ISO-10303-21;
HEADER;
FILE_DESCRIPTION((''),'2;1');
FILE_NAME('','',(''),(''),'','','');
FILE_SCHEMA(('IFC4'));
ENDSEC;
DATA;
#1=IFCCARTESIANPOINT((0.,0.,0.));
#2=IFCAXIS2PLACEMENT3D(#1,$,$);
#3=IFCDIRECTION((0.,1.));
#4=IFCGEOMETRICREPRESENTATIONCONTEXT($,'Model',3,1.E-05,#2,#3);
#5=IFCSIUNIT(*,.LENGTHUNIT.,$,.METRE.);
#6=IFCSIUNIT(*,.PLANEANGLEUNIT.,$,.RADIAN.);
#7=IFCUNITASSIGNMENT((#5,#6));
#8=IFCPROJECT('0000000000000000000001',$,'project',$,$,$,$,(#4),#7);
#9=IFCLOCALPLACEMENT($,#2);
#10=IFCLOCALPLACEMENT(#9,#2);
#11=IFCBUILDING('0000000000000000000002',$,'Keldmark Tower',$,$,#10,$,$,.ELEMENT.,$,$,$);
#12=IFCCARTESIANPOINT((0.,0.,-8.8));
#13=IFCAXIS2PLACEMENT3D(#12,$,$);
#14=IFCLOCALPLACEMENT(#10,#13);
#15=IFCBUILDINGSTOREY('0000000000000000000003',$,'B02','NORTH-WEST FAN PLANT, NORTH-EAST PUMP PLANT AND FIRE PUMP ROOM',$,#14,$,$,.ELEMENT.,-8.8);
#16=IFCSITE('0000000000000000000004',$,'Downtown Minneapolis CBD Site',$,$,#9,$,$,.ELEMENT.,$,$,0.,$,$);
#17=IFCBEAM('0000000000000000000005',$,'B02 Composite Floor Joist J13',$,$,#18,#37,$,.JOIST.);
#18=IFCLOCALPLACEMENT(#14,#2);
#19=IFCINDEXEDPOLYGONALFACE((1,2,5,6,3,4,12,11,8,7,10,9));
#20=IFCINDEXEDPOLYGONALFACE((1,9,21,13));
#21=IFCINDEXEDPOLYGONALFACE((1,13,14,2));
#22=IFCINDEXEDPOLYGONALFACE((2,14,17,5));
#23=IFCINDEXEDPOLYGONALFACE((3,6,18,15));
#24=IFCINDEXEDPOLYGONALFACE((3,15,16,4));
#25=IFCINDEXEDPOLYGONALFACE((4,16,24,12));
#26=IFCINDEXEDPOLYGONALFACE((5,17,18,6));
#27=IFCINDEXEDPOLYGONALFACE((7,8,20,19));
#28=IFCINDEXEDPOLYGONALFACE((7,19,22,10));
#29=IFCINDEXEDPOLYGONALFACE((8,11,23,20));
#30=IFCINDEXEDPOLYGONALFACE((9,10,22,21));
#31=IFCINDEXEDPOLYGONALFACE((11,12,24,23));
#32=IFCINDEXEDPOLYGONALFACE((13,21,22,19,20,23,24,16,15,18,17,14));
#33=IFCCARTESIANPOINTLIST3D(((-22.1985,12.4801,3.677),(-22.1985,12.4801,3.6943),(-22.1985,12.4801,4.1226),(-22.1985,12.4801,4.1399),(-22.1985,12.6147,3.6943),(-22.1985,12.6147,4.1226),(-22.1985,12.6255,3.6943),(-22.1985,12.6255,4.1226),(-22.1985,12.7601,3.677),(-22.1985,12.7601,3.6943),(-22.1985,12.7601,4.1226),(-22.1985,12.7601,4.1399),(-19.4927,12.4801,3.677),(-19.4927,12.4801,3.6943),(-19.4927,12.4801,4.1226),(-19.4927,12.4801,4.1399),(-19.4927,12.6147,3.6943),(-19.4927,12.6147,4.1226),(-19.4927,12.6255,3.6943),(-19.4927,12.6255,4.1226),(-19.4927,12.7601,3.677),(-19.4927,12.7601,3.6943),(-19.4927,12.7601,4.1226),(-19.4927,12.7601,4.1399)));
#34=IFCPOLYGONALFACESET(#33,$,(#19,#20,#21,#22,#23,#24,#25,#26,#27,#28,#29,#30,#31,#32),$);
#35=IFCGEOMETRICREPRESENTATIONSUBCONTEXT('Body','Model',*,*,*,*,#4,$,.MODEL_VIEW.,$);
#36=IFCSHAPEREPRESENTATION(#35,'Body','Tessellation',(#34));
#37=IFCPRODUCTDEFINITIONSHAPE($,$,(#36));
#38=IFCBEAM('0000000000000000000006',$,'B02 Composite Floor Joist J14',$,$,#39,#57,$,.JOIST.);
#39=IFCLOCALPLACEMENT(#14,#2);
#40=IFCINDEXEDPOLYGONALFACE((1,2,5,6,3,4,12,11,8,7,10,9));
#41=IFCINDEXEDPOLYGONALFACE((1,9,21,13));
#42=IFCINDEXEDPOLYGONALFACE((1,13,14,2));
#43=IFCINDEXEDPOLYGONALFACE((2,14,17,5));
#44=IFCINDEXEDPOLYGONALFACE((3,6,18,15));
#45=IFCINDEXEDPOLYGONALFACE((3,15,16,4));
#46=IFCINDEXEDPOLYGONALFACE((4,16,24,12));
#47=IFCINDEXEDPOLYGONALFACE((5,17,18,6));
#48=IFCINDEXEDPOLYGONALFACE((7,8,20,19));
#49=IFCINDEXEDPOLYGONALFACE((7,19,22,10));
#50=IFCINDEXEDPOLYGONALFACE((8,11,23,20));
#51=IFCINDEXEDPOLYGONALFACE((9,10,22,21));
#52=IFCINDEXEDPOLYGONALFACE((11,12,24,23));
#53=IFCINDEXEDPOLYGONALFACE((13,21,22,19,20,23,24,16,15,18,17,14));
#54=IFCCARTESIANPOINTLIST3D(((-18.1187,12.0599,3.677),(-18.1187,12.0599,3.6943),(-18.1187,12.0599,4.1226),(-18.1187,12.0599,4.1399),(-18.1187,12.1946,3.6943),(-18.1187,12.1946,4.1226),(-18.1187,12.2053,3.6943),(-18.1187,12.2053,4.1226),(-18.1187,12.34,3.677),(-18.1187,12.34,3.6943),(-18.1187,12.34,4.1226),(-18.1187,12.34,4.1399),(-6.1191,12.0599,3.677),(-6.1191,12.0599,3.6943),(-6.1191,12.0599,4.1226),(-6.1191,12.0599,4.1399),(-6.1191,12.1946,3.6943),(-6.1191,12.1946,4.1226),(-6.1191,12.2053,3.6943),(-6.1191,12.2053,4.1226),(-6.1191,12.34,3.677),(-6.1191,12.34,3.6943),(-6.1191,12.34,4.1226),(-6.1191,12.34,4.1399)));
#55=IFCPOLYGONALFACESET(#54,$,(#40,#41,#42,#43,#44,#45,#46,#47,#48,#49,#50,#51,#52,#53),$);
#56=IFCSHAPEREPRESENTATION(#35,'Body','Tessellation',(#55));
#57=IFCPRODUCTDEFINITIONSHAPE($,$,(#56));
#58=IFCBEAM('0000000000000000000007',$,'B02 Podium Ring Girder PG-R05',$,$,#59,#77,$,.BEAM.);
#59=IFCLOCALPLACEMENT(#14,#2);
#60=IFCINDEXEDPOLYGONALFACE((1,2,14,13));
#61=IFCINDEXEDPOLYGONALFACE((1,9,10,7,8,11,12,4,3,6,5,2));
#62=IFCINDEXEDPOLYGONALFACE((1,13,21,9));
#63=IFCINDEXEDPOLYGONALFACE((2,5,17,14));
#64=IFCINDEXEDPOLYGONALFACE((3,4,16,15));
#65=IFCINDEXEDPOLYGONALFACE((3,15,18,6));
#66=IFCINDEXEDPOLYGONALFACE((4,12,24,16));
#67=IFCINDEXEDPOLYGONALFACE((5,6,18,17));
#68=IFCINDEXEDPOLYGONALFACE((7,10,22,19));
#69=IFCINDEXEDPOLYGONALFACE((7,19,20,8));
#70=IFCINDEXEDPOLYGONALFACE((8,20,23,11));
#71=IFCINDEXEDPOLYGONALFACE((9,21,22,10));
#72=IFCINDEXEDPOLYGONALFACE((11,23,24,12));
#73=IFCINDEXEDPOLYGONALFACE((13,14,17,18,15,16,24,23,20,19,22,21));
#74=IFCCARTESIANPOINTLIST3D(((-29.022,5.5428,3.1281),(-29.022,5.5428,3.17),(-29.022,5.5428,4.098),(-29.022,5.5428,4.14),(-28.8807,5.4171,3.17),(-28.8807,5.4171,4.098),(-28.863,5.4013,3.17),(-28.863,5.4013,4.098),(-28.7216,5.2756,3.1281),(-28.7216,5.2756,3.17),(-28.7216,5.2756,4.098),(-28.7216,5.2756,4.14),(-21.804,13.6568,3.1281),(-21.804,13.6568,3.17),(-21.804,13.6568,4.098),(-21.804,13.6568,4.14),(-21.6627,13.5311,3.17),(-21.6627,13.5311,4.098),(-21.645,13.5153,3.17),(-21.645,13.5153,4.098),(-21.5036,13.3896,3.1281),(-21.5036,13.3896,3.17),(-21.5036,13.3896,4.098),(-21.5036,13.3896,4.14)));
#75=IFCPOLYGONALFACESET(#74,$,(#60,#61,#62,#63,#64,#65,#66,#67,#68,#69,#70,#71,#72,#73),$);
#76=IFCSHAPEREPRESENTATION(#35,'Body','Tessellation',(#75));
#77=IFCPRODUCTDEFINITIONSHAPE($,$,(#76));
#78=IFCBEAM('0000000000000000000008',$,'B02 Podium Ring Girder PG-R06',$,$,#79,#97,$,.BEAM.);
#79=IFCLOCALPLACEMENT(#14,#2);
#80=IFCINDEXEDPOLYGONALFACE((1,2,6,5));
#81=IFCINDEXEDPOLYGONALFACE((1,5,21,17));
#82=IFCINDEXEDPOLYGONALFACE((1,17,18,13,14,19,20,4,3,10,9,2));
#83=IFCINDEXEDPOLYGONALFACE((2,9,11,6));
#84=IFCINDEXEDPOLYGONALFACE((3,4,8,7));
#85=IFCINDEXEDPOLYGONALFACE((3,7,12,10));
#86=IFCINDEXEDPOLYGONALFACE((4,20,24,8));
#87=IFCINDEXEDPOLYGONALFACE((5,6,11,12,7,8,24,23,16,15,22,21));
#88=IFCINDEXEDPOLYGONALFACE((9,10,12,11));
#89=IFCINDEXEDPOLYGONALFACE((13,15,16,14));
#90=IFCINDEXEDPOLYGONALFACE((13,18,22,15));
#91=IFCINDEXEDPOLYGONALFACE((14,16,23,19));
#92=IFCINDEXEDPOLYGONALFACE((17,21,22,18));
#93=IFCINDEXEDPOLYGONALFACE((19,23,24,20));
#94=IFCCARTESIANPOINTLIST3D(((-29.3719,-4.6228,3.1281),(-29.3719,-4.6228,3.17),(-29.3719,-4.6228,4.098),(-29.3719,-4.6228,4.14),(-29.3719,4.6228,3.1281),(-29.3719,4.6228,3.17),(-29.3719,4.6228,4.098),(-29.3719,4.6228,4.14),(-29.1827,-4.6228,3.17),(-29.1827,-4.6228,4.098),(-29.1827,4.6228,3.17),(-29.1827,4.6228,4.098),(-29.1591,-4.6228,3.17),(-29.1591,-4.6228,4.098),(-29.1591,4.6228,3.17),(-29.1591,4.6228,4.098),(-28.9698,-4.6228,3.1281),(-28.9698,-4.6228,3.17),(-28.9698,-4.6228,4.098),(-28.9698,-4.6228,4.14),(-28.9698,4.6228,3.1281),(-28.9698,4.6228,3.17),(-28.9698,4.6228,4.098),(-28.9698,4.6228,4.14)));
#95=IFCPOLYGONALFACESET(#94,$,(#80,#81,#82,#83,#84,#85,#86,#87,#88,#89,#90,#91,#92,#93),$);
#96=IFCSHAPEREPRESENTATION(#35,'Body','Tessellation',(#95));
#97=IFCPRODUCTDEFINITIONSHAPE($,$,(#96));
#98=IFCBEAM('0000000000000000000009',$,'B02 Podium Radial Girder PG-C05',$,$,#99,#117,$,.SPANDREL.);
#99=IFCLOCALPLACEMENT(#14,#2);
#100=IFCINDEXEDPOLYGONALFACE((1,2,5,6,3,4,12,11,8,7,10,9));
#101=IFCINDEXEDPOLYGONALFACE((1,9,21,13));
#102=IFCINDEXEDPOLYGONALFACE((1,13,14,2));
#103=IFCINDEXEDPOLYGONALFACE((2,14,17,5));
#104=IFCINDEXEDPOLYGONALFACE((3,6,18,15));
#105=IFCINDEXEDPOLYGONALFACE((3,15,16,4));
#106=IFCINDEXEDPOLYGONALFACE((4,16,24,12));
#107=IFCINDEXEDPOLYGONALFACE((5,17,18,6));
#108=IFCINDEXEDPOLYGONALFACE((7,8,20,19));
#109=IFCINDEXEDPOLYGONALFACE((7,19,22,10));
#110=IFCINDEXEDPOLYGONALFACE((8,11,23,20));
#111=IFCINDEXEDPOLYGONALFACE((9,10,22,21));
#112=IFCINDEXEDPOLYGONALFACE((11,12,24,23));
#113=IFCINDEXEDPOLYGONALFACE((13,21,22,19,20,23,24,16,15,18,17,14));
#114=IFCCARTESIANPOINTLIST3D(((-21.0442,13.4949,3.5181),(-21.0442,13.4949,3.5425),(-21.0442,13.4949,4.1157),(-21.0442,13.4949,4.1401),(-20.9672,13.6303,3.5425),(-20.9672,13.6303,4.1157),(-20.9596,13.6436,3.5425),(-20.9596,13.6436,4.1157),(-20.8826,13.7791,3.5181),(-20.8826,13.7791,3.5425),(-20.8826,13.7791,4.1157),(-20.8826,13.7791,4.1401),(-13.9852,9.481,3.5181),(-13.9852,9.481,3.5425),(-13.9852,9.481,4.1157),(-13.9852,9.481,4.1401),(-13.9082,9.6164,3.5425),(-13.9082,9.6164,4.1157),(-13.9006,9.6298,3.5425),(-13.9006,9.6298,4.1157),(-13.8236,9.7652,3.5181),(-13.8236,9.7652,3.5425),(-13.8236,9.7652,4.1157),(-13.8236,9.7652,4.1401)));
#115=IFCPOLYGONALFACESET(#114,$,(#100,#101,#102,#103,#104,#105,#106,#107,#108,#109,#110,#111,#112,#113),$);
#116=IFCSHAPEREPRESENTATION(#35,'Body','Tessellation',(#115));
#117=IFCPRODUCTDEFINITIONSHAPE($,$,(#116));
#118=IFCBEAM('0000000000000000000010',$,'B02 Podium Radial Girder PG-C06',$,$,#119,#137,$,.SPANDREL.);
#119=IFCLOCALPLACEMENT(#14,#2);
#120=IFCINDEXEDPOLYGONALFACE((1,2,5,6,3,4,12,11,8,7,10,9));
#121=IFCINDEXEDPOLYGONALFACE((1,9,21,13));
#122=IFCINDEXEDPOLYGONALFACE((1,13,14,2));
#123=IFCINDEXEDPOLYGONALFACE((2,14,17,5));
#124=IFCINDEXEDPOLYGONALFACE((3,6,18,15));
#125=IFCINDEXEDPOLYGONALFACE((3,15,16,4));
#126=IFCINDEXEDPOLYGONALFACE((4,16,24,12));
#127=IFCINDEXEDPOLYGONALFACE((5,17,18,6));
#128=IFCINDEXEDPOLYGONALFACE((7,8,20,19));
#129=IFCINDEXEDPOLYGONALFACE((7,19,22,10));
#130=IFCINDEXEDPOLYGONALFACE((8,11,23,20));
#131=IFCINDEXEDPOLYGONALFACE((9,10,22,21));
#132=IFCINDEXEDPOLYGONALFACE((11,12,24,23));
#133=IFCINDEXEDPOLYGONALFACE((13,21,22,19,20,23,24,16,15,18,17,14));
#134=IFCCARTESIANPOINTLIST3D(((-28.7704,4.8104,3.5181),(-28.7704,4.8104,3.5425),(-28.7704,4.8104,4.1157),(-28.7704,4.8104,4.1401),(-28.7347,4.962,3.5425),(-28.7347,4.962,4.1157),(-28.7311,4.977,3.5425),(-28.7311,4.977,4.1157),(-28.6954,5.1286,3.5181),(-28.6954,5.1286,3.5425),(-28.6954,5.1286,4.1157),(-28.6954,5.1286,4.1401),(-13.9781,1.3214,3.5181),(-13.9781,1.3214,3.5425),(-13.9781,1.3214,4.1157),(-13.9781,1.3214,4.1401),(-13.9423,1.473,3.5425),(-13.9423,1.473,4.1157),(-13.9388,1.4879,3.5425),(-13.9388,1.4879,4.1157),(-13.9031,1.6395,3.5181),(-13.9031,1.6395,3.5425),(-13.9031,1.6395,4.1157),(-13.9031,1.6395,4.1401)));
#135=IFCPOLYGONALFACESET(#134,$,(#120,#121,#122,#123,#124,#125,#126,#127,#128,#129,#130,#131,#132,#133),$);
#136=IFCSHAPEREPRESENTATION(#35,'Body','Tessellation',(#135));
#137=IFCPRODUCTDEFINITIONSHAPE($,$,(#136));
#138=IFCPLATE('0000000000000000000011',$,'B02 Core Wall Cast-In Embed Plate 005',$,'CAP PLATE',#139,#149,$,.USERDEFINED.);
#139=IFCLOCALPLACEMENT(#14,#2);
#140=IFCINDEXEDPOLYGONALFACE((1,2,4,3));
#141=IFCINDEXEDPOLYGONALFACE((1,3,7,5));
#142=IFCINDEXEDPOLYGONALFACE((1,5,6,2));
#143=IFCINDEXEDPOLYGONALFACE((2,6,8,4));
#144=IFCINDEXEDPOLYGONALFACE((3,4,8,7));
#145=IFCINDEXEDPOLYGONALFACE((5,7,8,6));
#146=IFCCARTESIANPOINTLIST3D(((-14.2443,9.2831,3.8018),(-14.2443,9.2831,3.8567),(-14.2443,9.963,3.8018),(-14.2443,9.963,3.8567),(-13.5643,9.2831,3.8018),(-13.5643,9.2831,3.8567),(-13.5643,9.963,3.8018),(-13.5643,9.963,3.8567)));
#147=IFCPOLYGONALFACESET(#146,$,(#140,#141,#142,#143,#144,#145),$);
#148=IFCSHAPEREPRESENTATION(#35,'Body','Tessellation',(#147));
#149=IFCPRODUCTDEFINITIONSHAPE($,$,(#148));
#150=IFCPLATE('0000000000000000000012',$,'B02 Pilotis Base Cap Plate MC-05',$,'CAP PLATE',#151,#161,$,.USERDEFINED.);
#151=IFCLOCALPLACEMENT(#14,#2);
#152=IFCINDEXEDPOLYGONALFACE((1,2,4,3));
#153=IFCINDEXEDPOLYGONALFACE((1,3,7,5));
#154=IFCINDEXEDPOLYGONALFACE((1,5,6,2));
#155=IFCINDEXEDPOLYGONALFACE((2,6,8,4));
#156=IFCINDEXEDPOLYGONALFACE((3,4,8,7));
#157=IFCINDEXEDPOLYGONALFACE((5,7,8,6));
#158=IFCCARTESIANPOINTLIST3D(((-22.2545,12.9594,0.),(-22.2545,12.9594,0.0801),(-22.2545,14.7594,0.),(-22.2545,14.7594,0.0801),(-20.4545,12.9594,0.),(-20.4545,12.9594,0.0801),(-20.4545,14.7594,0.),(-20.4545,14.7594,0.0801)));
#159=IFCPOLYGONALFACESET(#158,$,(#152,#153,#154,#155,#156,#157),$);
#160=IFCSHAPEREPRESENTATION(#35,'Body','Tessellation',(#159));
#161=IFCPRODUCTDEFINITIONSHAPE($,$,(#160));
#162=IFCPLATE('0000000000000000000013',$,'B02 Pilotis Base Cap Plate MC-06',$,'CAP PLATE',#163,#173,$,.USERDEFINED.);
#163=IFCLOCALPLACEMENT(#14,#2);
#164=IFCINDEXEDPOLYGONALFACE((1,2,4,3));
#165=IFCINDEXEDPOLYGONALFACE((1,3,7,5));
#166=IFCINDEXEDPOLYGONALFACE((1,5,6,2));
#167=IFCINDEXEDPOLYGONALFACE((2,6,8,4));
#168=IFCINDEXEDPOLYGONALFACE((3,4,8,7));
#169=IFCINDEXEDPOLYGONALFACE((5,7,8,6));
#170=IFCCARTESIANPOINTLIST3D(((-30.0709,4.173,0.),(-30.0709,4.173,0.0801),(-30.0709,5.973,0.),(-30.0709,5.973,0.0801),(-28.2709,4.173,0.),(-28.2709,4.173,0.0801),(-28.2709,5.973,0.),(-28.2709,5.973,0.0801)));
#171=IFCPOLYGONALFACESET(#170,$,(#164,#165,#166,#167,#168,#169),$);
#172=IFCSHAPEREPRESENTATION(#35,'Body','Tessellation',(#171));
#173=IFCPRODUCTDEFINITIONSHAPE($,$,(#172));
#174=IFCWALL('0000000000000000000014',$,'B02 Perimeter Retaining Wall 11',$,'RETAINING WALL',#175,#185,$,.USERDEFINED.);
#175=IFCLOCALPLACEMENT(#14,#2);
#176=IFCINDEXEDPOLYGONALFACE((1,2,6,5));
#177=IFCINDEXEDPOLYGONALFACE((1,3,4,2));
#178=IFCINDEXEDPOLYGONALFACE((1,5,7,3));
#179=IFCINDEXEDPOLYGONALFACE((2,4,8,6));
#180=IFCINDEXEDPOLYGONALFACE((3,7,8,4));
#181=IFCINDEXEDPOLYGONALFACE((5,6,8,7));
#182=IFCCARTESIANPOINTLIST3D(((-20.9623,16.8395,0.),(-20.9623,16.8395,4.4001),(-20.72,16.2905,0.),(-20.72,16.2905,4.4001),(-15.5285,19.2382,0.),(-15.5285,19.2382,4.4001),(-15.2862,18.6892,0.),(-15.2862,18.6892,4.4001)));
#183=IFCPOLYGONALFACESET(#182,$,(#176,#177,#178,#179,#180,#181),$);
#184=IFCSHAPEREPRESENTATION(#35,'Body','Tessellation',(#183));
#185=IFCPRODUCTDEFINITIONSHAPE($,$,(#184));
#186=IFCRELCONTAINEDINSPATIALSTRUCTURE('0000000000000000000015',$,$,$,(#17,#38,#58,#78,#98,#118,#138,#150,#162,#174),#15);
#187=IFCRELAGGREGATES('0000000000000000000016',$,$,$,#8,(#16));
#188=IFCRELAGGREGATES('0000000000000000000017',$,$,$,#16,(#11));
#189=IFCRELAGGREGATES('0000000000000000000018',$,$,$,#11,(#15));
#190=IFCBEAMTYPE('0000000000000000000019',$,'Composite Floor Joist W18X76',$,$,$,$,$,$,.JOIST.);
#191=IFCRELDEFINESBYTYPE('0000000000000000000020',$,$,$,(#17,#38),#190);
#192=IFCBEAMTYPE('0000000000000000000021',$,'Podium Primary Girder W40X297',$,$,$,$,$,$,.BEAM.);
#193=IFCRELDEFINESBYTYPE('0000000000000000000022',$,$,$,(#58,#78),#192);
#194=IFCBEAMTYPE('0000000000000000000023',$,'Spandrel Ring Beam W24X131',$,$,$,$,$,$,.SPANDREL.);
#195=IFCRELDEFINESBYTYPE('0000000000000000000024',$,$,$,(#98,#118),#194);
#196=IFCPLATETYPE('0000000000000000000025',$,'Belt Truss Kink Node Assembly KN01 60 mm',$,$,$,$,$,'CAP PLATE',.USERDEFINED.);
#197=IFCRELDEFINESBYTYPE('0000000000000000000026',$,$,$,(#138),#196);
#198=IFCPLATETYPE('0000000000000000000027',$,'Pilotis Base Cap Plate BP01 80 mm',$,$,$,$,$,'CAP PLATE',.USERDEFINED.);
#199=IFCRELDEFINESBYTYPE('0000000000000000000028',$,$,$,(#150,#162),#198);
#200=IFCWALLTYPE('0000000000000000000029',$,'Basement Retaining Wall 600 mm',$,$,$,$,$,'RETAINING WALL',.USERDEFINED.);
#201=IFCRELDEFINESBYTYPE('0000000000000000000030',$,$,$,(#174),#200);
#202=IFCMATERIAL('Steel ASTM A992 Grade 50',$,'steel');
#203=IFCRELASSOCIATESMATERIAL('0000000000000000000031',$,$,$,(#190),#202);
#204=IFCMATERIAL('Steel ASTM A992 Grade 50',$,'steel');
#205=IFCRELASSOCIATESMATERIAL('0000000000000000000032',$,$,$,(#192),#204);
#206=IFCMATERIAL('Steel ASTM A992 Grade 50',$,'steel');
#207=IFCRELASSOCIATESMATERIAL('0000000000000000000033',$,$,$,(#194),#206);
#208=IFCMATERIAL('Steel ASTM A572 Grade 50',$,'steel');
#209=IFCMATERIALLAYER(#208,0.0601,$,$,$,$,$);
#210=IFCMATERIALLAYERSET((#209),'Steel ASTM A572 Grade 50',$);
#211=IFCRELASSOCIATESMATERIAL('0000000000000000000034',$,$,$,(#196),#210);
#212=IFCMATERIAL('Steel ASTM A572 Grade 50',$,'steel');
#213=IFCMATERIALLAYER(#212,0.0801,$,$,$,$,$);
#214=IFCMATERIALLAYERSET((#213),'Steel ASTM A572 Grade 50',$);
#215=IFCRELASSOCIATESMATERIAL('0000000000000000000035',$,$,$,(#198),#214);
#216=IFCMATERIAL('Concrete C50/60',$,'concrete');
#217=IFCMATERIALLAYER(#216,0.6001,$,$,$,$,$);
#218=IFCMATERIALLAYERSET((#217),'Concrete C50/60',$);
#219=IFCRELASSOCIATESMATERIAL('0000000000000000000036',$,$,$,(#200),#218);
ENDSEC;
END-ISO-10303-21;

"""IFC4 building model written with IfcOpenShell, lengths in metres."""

from ifc_helpers import new_model, si_unit, direction, frame, frame_2d, origin, origin_2d, place, context, subcontext, project, spatial, rectangle, i_section, extrude, material, layer, layer_set, material_profile, profile_set, type_object, element, save


model = new_model("IFC4")

# Units and contexts
model_context = context("Model", 3, precision=1e-05, world=origin(), true_north=direction((0.0, 1.0)))
body_context = subcontext(model_context, "Body", "Model", "MODEL_VIEW")
ifc_project = project(units=[si_unit("LENGTHUNIT", "METRE"), si_unit("PLANEANGLEUNIT", "RADIAN")], contexts=[model_context])

# Site, building, storey
site_placement = place(None, origin())
site = spatial("IfcSite", under=ifc_project, at=site_placement, Name="Downtown Minneapolis CBD Site", CompositionType="ELEMENT", RefElevation=0.0)
building_placement = place(site_placement, origin())
building = spatial("IfcBuilding", under=site, at=building_placement, Name="Keldmark Tower", CompositionType="ELEMENT")
storey_placement = place(building_placement, frame((0.0, 0.0, -8.8)))
storey = spatial("IfcBuildingStorey", under=building, at=storey_placement, Name="B02", Description="NORTH-WEST FAN PLANT, NORTH-EAST PUMP PLANT AND FIRE PUMP ROOM", CompositionType="ELEMENT", Elevation=-8.8)

# Beams
ifc_material_1 = material(Name="Steel ASTM A992 Grade 50", Category="steel")
ifc_material_profile_1 = material_profile(ifc_material_1, i_section(OverallWidth=0.28, OverallDepth=0.4629, WebThickness=0.0107, FlangeThickness=0.0173, at=origin_2d()), Name="W18X76")
ifc_profile_set_1 = profile_set([ifc_material_profile_1], Name="Steel ASTM A992 Grade 50")
beam_type_1 = type_object("IfcBeamType", Name="Composite Floor Joist W18X76", PredefinedType="JOIST", material=ifc_profile_set_1)
beam_1_placement = place(storey_placement, frame((-22.1985, 12.6201, 3.9084), z_axis=(1.0, 0.0, 0.0), x_axis=(0.0, 1.0, 0.0)))
element("IfcBeam", 1, at=beam_1_placement, inside=storey, type_object=beam_type_1, Name="B02 Composite Floor Joist J13", PredefinedType="JOIST", context=body_context, shape_type="SweptSolid", body=[
    extrude(i_section(OverallWidth=0.28, OverallDepth=0.4629, WebThickness=0.0107, FlangeThickness=0.0173, at=origin_2d()), origin(), (0.0, 0.0, 1.0), 2.7058),
])
beam_2_placement = place(storey_placement, frame((-18.1187, 12.2, 3.9084), z_axis=(1.0, 0.0, 0.0), x_axis=(0.0, 1.0, 0.0)))
element("IfcBeam", 2, at=beam_2_placement, inside=storey, type_object=beam_type_1, Name="B02 Composite Floor Joist J14", PredefinedType="JOIST", context=body_context, shape_type="SweptSolid", body=[
    extrude(i_section(OverallWidth=0.28, OverallDepth=0.4629, WebThickness=0.0107, FlangeThickness=0.0173, at=origin_2d()), origin(), (0.0, 0.0, 1.0), 11.9995),
])
ifc_material_2 = material(Name="Steel ASTM A992 Grade 50", Category="steel")
ifc_material_profile_2 = material_profile(ifc_material_2, i_section(OverallWidth=0.4021, OverallDepth=1.012, WebThickness=0.0237, FlangeThickness=0.042, at=origin_2d()), Name="W40X297")
ifc_profile_set_2 = profile_set([ifc_material_profile_2], Name="Steel ASTM A992 Grade 50")
beam_type_2 = type_object("IfcBeamType", Name="Podium Primary Girder W40X297", PredefinedType="BEAM", material=ifc_profile_set_2)
beam_3_placement = place(storey_placement, frame((-21.6538, 13.5232, 3.634), z_axis=(-0.66465, -0.747155, 0.0), x_axis=(0.747155, -0.66465, 0.0)))
element("IfcBeam", 3, at=beam_3_placement, inside=storey, type_object=beam_type_2, Name="B02 Podium Ring Girder PG-R05", PredefinedType="BEAM", context=body_context, shape_type="SweptSolid", body=[
    extrude(i_section(OverallWidth=0.4021, OverallDepth=1.012, WebThickness=0.0237, FlangeThickness=0.042, at=origin_2d()), origin(), (0.0, 0.0, 1.0), 10.8599),
])
beam_4_placement = place(storey_placement, frame((-29.1709, 4.6228, 3.634), z_axis=(0.0, -1.0, 0.0), x_axis=(1.0, 0.0, 0.0)))
element("IfcBeam", 4, at=beam_4_placement, inside=storey, type_object=beam_type_2, Name="B02 Podium Ring Girder PG-R06", PredefinedType="BEAM", context=body_context, shape_type="SweptSolid", body=[
    extrude(i_section(OverallWidth=0.4021, OverallDepth=1.012, WebThickness=0.0237, FlangeThickness=0.042, at=origin_2d()), origin(), (0.0, 0.0, 1.0), 9.2456),
])
ifc_material_3 = material(Name="Steel ASTM A992 Grade 50", Category="steel")
ifc_material_profile_3 = material_profile(ifc_material_3, i_section(OverallWidth=0.3269, OverallDepth=0.6221, WebThickness=0.0154, FlangeThickness=0.0244, at=origin_2d()), Name="W24X131")
ifc_profile_set_3 = profile_set([ifc_material_profile_3], Name="Steel ASTM A992 Grade 50")
beam_type_3 = type_object("IfcBeamType", Name="Spandrel Ring Beam W24X131", PredefinedType="SPANDREL", material=ifc_profile_set_3)
beam_5_placement = place(storey_placement, frame((-20.9634, 13.637, 3.8291), z_axis=(0.869294, -0.494296, 0.0), x_axis=(0.494296, 0.869294, 0.0)))
element("IfcBeam", 5, at=beam_5_placement, inside=storey, type_object=beam_type_3, Name="B02 Podium Radial Girder PG-C05", PredefinedType="SPANDREL", context=body_context, shape_type="SweptSolid", body=[
    extrude(i_section(OverallWidth=0.3269, OverallDepth=0.6221, WebThickness=0.0154, FlangeThickness=0.0244, at=origin_2d()), origin(), (0.0, 0.0, 1.0), 8.1204),
])
beam_6_placement = place(storey_placement, frame((-28.7329, 4.9695, 3.8291), z_axis=(0.973293, -0.229568, 0.0), x_axis=(0.229568, 0.973293, 0.0)))
element("IfcBeam", 6, at=beam_6_placement, inside=storey, type_object=beam_type_3, Name="B02 Podium Radial Girder PG-C06", PredefinedType="SPANDREL", context=body_context, shape_type="SweptSolid", body=[
    extrude(i_section(OverallWidth=0.3269, OverallDepth=0.6221, WebThickness=0.0154, FlangeThickness=0.0244, at=origin_2d()), origin(), (0.0, 0.0, 1.0), 15.1982),
])

# Plates
ifc_material_4 = material(Name="Steel ASTM A572 Grade 50", Category="steel")
ifc_layer_1 = layer(ifc_material_4, 0.0601)
ifc_layer_set_1 = layer_set([ifc_layer_1], Name="Steel ASTM A572 Grade 50")
plate_type_1 = type_object("IfcPlateType", Name="Belt Truss Kink Node Assembly KN01 60 mm", ElementType="CAP PLATE", PredefinedType="USERDEFINED", material=ifc_layer_set_1)
plate_placement = place(storey_placement, frame((-13.9043, 9.623, 3.8018), z_axis=(0.0, 0.0, 1.0), x_axis=(1.0, 0.0, 0.0)))
element("IfcPlate", 7, at=plate_placement, inside=storey, type_object=plate_type_1, Name="B02 Core Wall Cast-In Embed Plate 005", ObjectType="CAP PLATE", PredefinedType="USERDEFINED", context=body_context, shape_type="SweptSolid", body=[
    extrude(rectangle(XDim=0.6799, YDim=0.6799, at=origin_2d()), origin(), (0.0, 0.0, 1.0), 0.0549),
])
ifc_material_5 = material(Name="Steel ASTM A572 Grade 50", Category="steel")
ifc_layer_2 = layer(ifc_material_5, 0.0801)
ifc_layer_set_2 = layer_set([ifc_layer_2], Name="Steel ASTM A572 Grade 50")
plate_type_2 = type_object("IfcPlateType", Name="Pilotis Base Cap Plate BP01 80 mm", ElementType="CAP PLATE", PredefinedType="USERDEFINED", material=ifc_layer_set_2)
for number, where, z_axis, x_axis, name in (
    (8, (-21.3545, 13.8594, 0.0), (0.0, 0.0, 1.0), (1.0, 0.0, 0.0), "B02 Pilotis Base Cap Plate MC-05"),
    (9, (-29.1709, 5.073, 0.0), (0.0, 0.0, 1.0), (1.0, 0.0, 0.0), "B02 Pilotis Base Cap Plate MC-06"),
):
    element("IfcPlate", number, at=place(storey_placement, frame(where, z_axis=z_axis, x_axis=x_axis)), inside=storey, type_object=plate_type_2, Name=name, ObjectType="CAP PLATE", PredefinedType="USERDEFINED", context=body_context, shape_type="SweptSolid", body=[
        extrude(rectangle(XDim=1.8, YDim=1.8, at=origin_2d()), origin(), (0.0, 0.0, 1.0), 0.0801),
    ])

# Wall
ifc_material_6 = material(Name="Concrete C50/60", Category="concrete")
ifc_layer_3 = layer(ifc_material_6, 0.6001)
ifc_layer_set_3 = layer_set([ifc_layer_3], Name="Concrete C50/60")
wall_type_1 = type_object("IfcWallType", Name="Basement Retaining Wall 600 mm", ElementType="RETAINING WALL", PredefinedType="USERDEFINED", material=ifc_layer_set_3)
wall_1_placement = place(storey_placement, frame((-15.4075, 18.9636, 0.0), z_axis=(0.0, 0.0, 1.0), x_axis=(-0.914831, -0.403838, 0.0)))
element("IfcWall", 10, at=wall_1_placement, inside=storey, type_object=wall_type_1, Name="B02 Perimeter Retaining Wall 11", ObjectType="RETAINING WALL", PredefinedType="USERDEFINED", context=body_context, shape_type="SweptSolid", body=[
    extrude(rectangle(XDim=5.9397, YDim=0.6001, at=frame_2d((2.9697, 0.0))), origin(), (0.0, 0.0, 1.0), 4.4001),
])

save(model, "model.ifc")
